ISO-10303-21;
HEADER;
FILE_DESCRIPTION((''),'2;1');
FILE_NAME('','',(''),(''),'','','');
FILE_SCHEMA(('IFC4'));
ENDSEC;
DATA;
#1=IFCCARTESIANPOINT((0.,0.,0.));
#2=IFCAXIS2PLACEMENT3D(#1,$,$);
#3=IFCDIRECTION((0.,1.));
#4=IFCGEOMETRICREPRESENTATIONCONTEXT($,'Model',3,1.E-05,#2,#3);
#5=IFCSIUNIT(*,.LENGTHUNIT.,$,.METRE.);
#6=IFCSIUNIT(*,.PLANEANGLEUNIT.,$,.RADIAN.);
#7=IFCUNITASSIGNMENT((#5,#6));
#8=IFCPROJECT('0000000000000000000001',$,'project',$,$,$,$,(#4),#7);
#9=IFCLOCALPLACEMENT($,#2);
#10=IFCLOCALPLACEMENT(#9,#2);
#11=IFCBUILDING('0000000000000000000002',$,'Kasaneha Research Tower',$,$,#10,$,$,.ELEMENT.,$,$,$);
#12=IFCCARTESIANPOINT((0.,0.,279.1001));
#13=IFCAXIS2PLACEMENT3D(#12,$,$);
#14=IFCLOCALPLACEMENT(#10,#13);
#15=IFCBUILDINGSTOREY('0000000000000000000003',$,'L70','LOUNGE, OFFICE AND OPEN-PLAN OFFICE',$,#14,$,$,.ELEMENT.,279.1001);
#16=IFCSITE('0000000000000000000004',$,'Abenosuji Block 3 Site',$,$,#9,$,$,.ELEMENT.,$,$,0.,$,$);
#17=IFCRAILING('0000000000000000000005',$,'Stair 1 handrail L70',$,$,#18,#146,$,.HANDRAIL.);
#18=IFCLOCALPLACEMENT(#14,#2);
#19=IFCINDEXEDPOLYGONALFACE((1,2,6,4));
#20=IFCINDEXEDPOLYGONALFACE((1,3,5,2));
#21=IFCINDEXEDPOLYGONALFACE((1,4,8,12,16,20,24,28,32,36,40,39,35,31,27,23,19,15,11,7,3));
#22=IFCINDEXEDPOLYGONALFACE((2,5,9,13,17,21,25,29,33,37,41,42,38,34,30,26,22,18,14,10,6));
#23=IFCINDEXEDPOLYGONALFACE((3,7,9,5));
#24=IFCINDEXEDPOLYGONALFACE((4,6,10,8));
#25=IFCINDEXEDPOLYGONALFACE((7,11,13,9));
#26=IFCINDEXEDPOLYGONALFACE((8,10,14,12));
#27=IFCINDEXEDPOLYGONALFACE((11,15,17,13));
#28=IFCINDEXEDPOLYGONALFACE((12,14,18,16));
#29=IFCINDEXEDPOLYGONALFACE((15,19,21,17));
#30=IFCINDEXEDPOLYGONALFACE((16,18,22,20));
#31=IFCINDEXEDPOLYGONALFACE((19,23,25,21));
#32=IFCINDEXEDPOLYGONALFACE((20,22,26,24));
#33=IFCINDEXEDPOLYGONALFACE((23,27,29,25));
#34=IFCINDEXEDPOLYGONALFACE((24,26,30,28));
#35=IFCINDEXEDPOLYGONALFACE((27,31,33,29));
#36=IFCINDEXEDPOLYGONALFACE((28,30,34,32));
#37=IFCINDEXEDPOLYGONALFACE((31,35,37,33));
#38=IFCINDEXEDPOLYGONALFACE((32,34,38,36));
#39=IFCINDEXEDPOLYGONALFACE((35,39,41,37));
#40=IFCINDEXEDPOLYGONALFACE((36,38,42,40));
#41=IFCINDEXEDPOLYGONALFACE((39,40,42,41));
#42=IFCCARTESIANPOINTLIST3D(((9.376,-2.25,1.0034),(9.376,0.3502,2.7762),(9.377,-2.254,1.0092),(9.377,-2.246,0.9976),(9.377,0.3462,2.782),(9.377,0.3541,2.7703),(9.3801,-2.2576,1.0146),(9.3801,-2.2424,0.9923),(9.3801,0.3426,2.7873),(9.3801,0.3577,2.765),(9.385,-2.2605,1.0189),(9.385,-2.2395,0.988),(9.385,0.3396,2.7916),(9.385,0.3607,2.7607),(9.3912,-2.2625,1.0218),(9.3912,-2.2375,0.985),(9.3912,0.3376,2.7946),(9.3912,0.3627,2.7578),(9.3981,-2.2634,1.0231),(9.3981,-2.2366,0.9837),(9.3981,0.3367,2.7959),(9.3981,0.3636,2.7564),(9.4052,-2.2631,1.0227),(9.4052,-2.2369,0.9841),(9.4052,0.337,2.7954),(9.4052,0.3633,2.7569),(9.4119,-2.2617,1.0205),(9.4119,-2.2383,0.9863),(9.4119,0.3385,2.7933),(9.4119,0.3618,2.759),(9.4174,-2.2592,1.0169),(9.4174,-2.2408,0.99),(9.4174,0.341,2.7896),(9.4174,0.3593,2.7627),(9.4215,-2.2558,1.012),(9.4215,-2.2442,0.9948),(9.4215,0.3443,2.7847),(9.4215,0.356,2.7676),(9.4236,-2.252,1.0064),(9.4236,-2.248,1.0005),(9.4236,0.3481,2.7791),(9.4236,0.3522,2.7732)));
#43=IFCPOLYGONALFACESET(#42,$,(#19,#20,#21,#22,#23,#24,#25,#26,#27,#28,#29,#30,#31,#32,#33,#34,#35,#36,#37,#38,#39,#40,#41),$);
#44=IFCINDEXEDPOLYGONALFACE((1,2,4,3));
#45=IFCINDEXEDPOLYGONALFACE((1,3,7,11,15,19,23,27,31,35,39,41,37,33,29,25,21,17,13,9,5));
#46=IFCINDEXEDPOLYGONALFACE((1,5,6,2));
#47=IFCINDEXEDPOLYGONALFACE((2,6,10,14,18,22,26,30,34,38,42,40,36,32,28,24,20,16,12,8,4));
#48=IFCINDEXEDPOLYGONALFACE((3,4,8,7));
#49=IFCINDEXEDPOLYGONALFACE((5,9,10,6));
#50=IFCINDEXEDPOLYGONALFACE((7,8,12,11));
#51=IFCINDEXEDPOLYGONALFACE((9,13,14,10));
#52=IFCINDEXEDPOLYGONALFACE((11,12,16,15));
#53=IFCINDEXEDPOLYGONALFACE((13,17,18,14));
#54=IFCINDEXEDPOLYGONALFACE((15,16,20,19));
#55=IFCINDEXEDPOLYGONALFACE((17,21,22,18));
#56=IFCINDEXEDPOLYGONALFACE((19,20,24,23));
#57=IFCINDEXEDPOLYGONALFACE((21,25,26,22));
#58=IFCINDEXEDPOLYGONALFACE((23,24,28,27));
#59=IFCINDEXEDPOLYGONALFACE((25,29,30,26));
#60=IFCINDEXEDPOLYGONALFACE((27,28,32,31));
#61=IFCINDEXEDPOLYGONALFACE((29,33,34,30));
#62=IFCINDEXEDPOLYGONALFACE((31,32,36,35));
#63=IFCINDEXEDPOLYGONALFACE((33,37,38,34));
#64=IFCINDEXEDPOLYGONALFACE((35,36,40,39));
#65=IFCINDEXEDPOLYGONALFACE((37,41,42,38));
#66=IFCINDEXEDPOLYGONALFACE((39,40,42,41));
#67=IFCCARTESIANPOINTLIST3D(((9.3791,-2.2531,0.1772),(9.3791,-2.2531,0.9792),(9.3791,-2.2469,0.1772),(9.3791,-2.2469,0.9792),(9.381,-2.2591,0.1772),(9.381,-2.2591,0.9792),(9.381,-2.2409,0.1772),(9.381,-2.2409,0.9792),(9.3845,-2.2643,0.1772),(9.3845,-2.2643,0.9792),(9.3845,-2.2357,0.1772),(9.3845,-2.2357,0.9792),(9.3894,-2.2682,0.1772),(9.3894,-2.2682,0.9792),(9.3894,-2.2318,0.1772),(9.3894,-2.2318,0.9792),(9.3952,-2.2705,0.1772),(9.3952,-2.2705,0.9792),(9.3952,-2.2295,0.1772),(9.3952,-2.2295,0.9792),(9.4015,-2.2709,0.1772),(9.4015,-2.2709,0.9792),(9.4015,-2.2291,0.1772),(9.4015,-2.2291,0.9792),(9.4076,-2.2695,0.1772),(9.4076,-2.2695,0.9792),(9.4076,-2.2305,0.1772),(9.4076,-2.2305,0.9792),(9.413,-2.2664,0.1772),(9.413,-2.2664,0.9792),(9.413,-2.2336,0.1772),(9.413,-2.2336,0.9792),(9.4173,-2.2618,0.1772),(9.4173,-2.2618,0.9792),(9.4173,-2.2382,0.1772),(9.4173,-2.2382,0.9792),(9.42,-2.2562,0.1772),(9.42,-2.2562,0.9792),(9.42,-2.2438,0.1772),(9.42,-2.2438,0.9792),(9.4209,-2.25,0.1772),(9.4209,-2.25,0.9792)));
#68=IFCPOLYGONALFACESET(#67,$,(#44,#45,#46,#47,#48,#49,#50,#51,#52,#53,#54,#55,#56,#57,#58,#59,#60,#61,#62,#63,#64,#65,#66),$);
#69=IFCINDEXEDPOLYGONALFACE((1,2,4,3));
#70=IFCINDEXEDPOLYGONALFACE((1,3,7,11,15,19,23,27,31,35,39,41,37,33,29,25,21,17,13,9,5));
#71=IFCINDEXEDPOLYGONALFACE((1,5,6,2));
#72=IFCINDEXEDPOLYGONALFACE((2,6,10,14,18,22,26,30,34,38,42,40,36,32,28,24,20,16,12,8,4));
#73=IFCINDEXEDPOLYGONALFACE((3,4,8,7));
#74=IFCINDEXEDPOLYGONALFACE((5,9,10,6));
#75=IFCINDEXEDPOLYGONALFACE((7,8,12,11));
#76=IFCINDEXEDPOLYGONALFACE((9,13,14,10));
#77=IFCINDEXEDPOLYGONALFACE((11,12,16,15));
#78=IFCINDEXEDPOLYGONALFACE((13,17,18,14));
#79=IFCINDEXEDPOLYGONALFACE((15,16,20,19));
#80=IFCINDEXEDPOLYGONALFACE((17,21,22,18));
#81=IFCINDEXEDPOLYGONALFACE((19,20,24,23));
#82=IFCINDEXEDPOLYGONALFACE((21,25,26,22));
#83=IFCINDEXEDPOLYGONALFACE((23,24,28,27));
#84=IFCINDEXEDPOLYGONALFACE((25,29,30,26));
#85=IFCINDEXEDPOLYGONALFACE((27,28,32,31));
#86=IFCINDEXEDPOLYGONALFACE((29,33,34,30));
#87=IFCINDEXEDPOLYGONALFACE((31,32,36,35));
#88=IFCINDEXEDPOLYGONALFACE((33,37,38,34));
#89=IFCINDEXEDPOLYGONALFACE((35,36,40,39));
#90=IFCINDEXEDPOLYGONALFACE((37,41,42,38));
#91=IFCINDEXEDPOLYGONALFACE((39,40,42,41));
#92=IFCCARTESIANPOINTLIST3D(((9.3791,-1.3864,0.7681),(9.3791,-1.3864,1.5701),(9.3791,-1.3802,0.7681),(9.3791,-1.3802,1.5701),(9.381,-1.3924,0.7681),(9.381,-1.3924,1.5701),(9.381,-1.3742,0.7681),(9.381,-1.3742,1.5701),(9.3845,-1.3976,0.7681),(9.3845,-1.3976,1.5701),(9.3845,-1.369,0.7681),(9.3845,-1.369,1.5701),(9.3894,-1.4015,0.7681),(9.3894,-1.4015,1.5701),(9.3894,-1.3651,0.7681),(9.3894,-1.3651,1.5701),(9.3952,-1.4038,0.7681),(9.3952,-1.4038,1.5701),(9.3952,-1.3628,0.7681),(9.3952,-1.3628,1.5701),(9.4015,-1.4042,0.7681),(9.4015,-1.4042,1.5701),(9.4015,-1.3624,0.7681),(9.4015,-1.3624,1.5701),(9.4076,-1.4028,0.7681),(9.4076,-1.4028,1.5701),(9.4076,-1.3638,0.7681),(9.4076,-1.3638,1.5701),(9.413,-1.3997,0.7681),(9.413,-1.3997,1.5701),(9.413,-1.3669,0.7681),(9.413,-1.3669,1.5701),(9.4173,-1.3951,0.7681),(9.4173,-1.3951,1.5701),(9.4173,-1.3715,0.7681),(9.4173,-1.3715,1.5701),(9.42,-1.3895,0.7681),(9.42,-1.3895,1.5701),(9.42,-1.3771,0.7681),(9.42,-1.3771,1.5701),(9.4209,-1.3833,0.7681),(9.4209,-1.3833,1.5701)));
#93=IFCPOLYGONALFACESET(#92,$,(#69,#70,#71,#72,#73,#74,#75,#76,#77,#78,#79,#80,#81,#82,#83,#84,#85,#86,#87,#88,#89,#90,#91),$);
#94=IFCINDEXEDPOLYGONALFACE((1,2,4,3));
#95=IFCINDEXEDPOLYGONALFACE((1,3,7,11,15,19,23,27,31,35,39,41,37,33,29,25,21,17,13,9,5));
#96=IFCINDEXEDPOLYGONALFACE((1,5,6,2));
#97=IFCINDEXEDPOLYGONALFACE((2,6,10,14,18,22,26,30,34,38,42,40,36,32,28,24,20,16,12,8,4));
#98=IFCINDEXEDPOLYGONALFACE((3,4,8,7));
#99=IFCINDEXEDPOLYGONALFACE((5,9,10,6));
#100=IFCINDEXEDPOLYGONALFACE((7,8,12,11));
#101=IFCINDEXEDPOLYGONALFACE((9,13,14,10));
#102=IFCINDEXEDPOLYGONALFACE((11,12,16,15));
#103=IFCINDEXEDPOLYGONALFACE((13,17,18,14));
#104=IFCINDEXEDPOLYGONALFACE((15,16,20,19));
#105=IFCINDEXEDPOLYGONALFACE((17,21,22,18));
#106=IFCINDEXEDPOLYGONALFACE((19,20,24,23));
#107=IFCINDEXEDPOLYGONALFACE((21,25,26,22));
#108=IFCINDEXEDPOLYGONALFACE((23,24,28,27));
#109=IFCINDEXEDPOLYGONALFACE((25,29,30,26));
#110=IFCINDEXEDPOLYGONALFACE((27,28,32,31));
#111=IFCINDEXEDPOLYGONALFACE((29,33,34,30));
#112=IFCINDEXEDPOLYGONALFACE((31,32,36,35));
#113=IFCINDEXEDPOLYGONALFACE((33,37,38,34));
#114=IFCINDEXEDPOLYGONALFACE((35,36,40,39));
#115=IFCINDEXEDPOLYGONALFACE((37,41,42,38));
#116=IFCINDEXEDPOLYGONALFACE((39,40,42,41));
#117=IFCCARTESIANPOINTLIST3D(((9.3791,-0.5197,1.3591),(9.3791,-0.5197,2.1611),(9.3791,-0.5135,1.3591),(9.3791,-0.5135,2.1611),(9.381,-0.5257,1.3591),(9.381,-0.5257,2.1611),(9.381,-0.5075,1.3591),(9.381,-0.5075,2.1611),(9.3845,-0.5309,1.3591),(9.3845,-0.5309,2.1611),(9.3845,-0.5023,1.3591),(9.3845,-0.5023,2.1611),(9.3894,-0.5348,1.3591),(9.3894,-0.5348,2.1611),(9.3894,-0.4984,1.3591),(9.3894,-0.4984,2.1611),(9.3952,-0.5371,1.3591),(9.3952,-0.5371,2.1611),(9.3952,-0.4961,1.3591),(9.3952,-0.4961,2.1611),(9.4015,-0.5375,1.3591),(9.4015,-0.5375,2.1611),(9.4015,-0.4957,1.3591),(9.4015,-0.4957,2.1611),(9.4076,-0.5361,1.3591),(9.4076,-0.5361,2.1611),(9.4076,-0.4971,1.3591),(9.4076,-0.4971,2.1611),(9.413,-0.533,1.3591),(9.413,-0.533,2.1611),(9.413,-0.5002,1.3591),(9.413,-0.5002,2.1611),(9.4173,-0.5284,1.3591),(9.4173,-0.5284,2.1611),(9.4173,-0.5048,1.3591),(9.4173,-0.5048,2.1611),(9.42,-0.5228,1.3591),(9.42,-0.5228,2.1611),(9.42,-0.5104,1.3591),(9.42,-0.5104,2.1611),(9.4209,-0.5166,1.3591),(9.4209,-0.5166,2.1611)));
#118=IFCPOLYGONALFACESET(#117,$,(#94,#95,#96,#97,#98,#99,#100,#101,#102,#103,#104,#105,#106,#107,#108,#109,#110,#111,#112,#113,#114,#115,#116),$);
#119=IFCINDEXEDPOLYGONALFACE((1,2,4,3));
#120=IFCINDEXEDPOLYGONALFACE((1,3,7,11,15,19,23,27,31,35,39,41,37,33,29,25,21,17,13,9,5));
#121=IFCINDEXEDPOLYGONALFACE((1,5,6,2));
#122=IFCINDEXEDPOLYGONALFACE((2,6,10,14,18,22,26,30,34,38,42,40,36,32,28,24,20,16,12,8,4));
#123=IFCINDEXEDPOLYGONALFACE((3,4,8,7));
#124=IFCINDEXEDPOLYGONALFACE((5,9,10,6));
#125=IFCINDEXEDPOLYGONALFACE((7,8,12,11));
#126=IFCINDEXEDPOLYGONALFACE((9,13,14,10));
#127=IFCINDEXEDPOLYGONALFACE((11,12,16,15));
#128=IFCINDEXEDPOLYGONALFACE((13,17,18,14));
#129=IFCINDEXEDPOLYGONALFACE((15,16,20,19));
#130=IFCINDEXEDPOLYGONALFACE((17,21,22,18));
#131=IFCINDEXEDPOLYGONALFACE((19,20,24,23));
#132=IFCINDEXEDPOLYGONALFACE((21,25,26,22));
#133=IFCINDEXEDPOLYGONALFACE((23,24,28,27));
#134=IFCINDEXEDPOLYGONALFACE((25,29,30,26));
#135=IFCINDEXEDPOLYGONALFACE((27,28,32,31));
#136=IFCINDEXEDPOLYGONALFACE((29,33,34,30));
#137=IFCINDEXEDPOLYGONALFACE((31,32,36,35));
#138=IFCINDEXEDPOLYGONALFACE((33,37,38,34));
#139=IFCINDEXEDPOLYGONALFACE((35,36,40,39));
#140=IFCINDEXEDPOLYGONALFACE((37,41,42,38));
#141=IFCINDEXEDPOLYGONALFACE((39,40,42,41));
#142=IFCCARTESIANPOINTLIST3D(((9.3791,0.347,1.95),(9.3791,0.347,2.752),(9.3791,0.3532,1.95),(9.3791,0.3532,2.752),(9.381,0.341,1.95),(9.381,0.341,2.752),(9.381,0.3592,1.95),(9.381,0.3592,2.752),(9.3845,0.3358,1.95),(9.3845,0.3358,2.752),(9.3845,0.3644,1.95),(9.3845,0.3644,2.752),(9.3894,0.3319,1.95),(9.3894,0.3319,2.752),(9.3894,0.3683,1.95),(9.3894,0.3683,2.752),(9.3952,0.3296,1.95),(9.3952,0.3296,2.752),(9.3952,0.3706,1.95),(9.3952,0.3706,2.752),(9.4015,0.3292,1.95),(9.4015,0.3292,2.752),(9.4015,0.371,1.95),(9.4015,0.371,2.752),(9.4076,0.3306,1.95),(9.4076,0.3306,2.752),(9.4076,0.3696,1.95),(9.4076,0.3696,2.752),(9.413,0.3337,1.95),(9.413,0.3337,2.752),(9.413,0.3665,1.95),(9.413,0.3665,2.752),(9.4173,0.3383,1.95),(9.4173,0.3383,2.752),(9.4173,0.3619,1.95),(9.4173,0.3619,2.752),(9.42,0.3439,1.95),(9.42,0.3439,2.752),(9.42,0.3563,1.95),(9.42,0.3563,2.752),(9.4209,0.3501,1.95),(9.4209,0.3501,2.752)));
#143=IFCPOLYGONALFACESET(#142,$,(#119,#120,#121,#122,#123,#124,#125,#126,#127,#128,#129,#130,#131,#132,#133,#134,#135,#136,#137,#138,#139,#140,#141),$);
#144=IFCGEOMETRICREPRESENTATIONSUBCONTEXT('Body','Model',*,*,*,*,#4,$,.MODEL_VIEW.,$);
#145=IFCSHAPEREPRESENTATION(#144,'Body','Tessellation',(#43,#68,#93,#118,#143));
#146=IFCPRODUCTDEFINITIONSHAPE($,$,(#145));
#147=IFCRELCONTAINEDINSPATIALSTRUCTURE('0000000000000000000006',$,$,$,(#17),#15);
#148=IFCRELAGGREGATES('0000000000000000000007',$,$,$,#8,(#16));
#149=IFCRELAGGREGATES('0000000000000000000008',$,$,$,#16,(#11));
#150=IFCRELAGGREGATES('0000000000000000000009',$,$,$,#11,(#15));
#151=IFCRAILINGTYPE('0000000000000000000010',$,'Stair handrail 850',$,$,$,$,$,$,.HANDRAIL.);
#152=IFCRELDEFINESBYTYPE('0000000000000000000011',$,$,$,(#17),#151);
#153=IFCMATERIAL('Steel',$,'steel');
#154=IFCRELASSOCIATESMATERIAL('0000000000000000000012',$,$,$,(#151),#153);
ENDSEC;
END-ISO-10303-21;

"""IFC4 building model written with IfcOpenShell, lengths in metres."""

from ifc_helpers import new_model, si_unit, direction, frame, origin, origin_2d, place, context, subcontext, project, spatial, circle, extrude, material, type_object, element, save


model = new_model("IFC4")

# Units and contexts
model_context = context("Model", 3, precision=1e-05, world=origin(), true_north=direction((0.0, 1.0)))
body_context = subcontext(model_context, "Body", "Model", "MODEL_VIEW")
ifc_project = project(units=[si_unit("LENGTHUNIT", "METRE"), si_unit("PLANEANGLEUNIT", "RADIAN")], contexts=[model_context])

# Site, building, storey
site_placement = place(None, origin())
site = spatial("IfcSite", under=ifc_project, at=site_placement, Name="Abenosuji Block 3 Site", CompositionType="ELEMENT", RefElevation=0.0)
building_placement = place(site_placement, origin())
building = spatial("IfcBuilding", under=site, at=building_placement, Name="Kasaneha Research Tower", CompositionType="ELEMENT")
storey_placement = place(building_placement, frame((0.0, 0.0, 279.1001)))
storey = spatial("IfcBuildingStorey", under=building, at=storey_placement, Name="L70", Description="LOUNGE, OFFICE AND OPEN-PLAN OFFICE", CompositionType="ELEMENT", Elevation=279.1001)

# Railing
ifc_material_1 = material(Name="Steel", Category="steel")
railing_type = type_object("IfcRailingType", Name="Stair handrail 850", PredefinedType="HANDRAIL", material=ifc_material_1)
railing_placement = place(storey_placement, frame((9.3999, -2.25, 0.1772)))
element("IfcRailing", 1, at=railing_placement, inside=storey, type_object=railing_type, Name="Stair 1 handrail L70", PredefinedType="HANDRAIL", context=body_context, shape_type="SweptSolid", body=[
    extrude(circle(Radius=0.0239, at=origin_2d()), frame((0.0, 0.0, 0.8262), z_axis=(0.0, 0.82624, 0.563318), x_axis=(-1.0, 0.0, 0.0)), (0.0, 0.0, 1.0), 3.147),
    extrude(circle(Radius=0.021, at=origin_2d()), origin(), (0.0, 0.0, 1.0), 0.802),
    extrude(circle(Radius=0.021, at=origin_2d()), frame((0.0, 0.8667, 0.5908)), (0.0, 0.0, 1.0), 0.802),
    extrude(circle(Radius=0.021, at=origin_2d()), frame((0.0, 1.7334, 1.1819)), (0.0, 0.0, 1.0), 0.802),
    extrude(circle(Radius=0.021, at=origin_2d()), frame((0.0, 2.6001, 1.7727)), (0.0, 0.0, 1.0), 0.802),
])

save(model, "model.ifc")
